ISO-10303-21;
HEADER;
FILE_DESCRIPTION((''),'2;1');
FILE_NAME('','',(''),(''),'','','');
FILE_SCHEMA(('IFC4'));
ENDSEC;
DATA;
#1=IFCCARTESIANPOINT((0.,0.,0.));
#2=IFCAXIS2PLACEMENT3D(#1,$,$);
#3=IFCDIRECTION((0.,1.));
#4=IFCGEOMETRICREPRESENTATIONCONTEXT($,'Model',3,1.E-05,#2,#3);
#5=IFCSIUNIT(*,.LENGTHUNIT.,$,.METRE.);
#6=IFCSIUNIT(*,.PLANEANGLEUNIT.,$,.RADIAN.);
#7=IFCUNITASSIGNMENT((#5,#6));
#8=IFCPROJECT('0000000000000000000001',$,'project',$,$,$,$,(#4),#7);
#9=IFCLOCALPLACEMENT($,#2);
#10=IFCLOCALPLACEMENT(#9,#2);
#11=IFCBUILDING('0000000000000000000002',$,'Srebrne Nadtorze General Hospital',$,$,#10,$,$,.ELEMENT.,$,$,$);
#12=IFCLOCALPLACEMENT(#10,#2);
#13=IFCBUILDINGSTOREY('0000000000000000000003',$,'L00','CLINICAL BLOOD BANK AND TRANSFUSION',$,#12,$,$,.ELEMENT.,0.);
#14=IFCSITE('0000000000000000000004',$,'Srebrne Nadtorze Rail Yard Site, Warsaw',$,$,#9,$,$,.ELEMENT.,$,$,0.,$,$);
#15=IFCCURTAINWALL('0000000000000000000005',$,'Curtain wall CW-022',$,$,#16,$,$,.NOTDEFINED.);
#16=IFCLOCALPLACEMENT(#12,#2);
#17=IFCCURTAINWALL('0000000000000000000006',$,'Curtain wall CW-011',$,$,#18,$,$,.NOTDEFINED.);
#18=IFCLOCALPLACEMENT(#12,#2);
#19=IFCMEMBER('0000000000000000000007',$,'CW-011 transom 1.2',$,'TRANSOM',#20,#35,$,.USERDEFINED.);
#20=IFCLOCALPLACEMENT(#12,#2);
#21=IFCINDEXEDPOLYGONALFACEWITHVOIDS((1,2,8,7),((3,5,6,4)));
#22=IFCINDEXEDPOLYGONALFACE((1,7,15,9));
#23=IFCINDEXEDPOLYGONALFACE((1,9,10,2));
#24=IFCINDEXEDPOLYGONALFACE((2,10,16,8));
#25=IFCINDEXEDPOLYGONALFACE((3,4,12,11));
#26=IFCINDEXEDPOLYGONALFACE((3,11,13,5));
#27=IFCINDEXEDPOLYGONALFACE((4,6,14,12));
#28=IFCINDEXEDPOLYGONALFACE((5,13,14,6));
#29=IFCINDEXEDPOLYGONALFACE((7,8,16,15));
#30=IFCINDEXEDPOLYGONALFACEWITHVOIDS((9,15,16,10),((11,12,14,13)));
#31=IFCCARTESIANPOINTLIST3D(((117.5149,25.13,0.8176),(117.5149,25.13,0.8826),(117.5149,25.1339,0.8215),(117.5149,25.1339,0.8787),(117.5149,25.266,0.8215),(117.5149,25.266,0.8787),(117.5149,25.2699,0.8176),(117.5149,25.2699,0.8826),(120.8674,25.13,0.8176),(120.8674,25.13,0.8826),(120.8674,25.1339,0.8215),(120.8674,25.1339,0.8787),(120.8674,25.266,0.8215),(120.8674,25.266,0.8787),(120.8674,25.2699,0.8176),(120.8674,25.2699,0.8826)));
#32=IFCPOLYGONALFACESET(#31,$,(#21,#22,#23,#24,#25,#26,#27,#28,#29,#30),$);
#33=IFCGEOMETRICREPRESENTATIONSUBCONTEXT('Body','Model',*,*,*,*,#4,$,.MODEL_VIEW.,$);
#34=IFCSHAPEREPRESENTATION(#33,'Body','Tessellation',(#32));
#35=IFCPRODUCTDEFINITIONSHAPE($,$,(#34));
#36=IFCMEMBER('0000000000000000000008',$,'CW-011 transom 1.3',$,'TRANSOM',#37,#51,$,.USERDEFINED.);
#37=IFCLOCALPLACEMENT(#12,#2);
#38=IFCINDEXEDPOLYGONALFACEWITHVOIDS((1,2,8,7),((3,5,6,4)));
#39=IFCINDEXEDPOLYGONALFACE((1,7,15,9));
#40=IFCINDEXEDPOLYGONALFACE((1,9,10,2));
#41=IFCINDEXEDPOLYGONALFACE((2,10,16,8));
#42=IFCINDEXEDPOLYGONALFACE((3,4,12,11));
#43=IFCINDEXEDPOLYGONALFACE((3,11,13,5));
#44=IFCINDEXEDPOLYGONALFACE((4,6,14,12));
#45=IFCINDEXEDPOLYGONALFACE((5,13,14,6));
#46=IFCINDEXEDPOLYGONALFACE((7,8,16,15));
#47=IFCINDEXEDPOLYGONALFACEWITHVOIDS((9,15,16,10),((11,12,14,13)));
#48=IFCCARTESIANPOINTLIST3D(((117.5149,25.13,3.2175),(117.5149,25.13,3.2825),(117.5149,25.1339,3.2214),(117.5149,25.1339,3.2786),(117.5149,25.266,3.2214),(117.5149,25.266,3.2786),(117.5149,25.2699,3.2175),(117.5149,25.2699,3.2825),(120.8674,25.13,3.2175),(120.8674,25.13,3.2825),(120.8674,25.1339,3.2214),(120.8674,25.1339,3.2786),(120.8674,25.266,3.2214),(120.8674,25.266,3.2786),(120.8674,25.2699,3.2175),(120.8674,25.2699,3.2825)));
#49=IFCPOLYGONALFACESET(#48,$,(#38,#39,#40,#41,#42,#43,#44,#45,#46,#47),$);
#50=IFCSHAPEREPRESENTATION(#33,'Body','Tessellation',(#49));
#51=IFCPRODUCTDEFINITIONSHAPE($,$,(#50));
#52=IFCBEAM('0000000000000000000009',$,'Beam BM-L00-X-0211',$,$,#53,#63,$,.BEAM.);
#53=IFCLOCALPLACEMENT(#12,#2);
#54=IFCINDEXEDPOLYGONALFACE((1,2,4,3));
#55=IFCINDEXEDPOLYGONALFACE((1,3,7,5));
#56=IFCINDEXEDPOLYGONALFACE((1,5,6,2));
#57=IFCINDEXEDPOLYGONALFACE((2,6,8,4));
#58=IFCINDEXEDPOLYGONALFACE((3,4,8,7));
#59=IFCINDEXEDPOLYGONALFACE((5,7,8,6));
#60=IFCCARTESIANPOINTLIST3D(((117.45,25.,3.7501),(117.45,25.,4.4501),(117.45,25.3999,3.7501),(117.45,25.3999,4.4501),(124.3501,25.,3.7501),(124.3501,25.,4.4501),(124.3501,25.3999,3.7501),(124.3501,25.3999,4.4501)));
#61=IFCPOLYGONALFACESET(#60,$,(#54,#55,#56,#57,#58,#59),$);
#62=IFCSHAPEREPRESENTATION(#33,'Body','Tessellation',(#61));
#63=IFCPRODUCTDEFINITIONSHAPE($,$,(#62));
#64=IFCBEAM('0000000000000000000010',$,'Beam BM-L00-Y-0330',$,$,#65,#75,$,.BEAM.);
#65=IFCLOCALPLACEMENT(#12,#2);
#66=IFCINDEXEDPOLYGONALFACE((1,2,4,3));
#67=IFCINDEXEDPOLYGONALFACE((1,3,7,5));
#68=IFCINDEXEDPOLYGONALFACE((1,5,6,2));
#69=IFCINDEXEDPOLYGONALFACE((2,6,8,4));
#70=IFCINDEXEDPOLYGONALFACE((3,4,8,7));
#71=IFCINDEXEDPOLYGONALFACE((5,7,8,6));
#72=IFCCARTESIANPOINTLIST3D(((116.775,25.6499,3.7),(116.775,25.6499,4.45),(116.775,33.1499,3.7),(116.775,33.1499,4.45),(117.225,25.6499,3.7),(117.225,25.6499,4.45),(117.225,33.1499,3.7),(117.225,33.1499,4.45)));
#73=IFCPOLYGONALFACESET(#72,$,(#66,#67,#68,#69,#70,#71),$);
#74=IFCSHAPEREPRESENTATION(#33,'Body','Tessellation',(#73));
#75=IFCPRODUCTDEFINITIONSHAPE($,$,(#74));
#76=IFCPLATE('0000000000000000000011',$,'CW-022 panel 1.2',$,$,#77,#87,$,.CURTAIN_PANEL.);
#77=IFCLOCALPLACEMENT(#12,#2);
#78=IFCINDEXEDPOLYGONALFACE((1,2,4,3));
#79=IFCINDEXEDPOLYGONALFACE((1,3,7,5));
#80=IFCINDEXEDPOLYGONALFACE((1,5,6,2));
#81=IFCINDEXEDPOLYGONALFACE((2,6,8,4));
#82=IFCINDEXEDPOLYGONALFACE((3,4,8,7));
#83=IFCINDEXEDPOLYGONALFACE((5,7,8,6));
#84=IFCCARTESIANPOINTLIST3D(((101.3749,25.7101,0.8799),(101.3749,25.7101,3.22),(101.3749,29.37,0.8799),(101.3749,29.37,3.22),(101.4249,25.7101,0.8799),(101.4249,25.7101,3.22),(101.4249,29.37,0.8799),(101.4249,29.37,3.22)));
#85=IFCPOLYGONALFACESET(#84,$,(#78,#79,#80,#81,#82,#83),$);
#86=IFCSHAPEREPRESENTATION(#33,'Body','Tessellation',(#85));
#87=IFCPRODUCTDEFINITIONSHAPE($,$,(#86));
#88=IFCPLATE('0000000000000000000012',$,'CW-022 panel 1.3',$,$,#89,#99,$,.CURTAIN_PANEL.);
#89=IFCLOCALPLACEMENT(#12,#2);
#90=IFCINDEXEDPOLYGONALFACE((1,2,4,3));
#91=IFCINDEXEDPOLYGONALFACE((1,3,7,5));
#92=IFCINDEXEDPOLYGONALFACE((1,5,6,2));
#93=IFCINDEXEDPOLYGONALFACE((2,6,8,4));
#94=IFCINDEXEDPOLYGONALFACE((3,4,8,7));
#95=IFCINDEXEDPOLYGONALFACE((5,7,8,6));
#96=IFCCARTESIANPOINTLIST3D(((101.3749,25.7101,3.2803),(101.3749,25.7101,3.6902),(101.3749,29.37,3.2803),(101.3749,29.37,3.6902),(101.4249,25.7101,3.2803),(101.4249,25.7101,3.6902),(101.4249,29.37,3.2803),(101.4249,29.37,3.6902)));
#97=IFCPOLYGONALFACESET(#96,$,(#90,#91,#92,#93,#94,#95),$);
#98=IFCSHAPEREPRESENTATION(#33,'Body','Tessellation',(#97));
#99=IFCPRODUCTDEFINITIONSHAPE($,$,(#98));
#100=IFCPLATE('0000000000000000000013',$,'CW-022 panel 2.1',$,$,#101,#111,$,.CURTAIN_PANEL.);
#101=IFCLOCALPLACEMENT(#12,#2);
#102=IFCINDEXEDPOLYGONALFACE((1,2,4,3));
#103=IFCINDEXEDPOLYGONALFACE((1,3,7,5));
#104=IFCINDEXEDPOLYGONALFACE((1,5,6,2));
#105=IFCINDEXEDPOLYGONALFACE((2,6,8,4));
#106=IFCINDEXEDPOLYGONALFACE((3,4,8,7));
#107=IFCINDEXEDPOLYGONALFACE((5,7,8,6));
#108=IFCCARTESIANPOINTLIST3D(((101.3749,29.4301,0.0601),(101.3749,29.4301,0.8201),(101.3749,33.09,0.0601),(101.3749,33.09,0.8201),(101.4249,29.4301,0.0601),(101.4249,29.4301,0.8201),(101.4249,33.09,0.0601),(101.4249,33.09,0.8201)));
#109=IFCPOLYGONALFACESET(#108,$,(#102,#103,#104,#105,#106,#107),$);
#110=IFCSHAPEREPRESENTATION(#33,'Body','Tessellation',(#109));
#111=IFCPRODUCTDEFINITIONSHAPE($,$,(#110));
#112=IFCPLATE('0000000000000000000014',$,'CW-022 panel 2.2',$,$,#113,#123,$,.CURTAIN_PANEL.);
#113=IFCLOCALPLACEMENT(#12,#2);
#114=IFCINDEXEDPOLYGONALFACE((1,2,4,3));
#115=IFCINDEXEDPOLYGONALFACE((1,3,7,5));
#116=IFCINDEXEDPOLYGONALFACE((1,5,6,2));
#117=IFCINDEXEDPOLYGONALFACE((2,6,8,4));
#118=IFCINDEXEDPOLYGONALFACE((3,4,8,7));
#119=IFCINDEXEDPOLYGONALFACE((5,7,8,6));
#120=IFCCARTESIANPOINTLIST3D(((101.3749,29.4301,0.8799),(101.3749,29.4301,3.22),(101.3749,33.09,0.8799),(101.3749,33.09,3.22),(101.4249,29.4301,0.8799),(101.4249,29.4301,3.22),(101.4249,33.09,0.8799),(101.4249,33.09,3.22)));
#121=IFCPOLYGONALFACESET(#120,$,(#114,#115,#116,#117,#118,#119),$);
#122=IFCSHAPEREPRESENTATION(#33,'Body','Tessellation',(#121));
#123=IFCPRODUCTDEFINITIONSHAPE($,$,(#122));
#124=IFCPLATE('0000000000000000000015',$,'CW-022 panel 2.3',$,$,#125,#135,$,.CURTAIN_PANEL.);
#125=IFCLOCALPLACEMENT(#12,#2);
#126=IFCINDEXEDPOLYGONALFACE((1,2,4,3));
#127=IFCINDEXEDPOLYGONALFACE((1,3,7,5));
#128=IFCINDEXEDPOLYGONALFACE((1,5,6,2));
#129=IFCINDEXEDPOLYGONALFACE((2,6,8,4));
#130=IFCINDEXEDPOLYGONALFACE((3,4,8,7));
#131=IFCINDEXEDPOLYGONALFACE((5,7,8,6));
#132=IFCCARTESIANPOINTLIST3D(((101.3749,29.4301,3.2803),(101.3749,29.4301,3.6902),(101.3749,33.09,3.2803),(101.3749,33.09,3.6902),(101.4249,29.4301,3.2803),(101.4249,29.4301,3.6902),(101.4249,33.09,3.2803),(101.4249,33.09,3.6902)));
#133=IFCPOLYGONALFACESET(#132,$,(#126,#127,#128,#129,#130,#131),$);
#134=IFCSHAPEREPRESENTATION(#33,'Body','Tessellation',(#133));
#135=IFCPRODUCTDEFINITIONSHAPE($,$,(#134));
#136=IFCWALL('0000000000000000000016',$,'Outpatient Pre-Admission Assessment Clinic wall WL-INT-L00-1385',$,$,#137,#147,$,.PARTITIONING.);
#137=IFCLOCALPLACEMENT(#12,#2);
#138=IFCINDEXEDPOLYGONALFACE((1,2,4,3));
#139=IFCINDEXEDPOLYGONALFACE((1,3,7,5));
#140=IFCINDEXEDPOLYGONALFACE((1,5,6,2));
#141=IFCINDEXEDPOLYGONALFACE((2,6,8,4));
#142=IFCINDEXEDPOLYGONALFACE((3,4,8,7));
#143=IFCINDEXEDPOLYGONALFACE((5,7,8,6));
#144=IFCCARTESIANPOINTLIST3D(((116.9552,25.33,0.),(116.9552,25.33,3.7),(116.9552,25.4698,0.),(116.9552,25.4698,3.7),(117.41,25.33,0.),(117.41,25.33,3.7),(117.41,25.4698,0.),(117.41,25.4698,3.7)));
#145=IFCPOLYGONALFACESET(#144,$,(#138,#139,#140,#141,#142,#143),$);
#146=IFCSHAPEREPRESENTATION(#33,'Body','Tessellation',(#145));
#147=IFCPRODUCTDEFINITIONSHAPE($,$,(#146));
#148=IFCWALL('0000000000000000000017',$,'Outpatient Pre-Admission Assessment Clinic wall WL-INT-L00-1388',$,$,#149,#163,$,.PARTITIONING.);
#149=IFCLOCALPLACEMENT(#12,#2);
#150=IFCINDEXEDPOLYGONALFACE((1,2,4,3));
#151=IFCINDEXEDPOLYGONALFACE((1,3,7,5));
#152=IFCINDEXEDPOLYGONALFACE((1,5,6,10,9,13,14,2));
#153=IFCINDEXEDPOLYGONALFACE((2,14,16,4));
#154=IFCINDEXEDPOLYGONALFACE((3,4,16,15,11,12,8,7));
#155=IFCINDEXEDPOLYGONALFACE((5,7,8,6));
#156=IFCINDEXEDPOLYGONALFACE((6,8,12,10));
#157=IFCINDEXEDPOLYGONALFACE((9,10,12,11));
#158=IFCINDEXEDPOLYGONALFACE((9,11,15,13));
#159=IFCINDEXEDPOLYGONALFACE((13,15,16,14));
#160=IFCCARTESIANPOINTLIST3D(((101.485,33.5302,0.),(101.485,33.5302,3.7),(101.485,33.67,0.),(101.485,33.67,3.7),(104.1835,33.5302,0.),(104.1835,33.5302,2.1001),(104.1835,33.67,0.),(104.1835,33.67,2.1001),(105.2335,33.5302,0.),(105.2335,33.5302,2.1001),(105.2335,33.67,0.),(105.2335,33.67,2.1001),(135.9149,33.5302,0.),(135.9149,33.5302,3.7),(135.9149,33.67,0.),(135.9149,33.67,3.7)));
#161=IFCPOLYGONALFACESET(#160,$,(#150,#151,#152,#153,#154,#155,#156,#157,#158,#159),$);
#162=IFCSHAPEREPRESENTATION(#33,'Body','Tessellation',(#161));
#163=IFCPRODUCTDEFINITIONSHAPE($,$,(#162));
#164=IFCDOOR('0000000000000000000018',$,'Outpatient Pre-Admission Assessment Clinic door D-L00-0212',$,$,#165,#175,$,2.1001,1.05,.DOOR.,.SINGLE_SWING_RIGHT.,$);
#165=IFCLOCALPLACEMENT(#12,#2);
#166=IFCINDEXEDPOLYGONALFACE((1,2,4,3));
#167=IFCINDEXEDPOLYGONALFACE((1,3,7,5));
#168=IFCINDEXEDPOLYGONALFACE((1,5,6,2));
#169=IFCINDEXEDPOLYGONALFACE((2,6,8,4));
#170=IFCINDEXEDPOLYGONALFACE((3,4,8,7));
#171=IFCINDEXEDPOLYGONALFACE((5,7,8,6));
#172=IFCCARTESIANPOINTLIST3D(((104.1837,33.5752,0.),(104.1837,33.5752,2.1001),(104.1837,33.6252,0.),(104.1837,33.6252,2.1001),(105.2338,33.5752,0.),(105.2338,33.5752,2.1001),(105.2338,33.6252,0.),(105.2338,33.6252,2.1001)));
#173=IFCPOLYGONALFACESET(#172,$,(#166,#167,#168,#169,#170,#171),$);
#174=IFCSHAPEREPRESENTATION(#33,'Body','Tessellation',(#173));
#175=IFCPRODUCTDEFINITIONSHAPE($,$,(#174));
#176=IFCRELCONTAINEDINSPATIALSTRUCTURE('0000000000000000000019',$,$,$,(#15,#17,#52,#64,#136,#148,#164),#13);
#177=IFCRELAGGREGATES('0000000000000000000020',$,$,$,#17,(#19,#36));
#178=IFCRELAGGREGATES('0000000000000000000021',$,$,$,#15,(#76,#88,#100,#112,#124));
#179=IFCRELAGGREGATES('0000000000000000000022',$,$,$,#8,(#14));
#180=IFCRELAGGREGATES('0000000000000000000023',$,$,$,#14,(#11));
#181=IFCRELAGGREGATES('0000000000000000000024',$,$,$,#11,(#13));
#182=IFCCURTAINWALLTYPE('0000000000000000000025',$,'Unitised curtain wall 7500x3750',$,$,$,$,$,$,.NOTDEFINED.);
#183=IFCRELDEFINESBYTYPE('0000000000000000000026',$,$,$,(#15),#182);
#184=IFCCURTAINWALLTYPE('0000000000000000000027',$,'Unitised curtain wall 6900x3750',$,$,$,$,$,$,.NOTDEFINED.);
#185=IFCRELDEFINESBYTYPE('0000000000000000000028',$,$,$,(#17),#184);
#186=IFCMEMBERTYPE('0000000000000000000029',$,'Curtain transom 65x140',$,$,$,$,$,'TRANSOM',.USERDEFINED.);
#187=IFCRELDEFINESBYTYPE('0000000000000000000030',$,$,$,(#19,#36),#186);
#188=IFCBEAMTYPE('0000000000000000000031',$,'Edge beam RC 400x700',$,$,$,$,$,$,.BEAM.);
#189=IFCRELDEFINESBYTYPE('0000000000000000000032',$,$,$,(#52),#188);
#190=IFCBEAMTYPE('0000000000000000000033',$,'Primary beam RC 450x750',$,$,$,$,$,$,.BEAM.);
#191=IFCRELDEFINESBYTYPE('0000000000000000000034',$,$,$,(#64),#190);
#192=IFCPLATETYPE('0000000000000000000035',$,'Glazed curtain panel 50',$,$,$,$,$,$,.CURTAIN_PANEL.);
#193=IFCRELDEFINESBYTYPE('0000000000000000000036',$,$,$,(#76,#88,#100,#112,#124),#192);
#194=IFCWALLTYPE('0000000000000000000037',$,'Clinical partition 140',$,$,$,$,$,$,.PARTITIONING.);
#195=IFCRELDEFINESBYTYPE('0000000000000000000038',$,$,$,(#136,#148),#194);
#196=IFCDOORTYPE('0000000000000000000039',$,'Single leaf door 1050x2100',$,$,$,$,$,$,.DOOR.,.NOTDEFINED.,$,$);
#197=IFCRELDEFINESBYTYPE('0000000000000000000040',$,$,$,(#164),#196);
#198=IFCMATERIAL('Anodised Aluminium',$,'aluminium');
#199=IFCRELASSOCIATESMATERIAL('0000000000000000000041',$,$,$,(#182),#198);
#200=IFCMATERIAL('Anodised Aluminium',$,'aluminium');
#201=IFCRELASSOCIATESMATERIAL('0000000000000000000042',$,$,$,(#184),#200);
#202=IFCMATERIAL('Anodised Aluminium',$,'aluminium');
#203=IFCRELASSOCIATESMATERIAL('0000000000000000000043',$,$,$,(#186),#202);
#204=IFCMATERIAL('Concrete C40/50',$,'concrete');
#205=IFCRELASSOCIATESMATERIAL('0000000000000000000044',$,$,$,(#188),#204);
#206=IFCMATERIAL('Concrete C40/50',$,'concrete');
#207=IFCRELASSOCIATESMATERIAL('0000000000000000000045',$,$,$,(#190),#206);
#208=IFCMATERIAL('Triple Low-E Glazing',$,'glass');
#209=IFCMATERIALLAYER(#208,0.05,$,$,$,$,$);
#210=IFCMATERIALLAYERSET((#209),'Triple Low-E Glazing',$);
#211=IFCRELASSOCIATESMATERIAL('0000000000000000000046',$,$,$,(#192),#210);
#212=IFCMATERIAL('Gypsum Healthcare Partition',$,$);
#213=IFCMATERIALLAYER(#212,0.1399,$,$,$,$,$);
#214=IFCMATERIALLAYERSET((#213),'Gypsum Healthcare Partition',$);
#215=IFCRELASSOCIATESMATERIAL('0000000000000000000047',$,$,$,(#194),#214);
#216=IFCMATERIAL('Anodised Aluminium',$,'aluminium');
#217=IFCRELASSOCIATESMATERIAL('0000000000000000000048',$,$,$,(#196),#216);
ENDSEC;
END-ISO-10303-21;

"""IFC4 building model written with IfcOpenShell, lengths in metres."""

from ifc_helpers import new_model, si_unit, direction, frame, frame_2d, origin, origin_2d, place, context, subcontext, project, spatial, rectangle, hollow_rectangle, extrude, material, layer, layer_set, material_profile, profile_set, type_object, element, fill, aggregate, save


model = new_model("IFC4")

# Units and contexts
model_context = context("Model", 3, precision=1e-05, world=origin(), true_north=direction((0.0, 1.0)))
body_context = subcontext(model_context, "Body", "Model", "MODEL_VIEW")
ifc_project = project(units=[si_unit("LENGTHUNIT", "METRE"), si_unit("PLANEANGLEUNIT", "RADIAN")], contexts=[model_context])

# Site, building, storey
site_placement = place(None, origin())
site = spatial("IfcSite", under=ifc_project, at=site_placement, Name="Srebrne Nadtorze Rail Yard Site, Warsaw", CompositionType="ELEMENT", RefElevation=0.0)
building_placement = place(site_placement, origin())
building = spatial("IfcBuilding", under=site, at=building_placement, Name="Srebrne Nadtorze General Hospital", CompositionType="ELEMENT")
storey_placement = place(building_placement, origin())
storey = spatial("IfcBuildingStorey", under=building, at=storey_placement, Name="L00", Description="CLINICAL BLOOD BANK AND TRANSFUSION", CompositionType="ELEMENT", Elevation=0.0)

# Curtain wall
ifc_material_1 = material(Name="Anodised Aluminium", Category="aluminium")
curtain_wall_type_1 = type_object("IfcCurtainWallType", Name="Unitised curtain wall 7500x3750", PredefinedType="NOTDEFINED", material=ifc_material_1)
curtain_wall_1_placement = place(storey_placement, origin())
curtain_wall_1 = element("IfcCurtainWall", 1, at=curtain_wall_1_placement, inside=storey, type_object=curtain_wall_type_1, Name="Curtain wall CW-022", PredefinedType="NOTDEFINED")

# Curtain wall
ifc_material_2 = material(Name="Anodised Aluminium", Category="aluminium")
curtain_wall_type_2 = type_object("IfcCurtainWallType", Name="Unitised curtain wall 6900x3750", PredefinedType="NOTDEFINED", material=ifc_material_2)
curtain_wall_2_placement = place(storey_placement, origin())
curtain_wall_2 = element("IfcCurtainWall", 2, at=curtain_wall_2_placement, inside=storey, type_object=curtain_wall_type_2, Name="Curtain wall CW-011", PredefinedType="NOTDEFINED")

# Members
ifc_material_3 = material(Name="Anodised Aluminium", Category="aluminium")
ifc_material_profile_1 = material_profile(ifc_material_3, hollow_rectangle(XDim=0.0649, YDim=0.1399, WallThickness=0.0039, at=origin_2d()), Name="AL-TRN-65x140")
ifc_profile_set_1 = profile_set([ifc_material_profile_1], Name="Anodised Aluminium")
member_type_1 = type_object("IfcMemberType", Name="Curtain transom 65x140", ElementType="TRANSOM", PredefinedType="USERDEFINED", material=ifc_profile_set_1)
member_1_placement = place(storey_placement, frame((117.5149, 25.2, 0.8501), z_axis=(1.0, 0.0, 0.0), x_axis=(0.0, 0.0, 1.0)))
member_1 = element("IfcMember", 3, at=member_1_placement, type_object=member_type_1, Name="CW-011 transom 1.2", ObjectType="TRANSOM", PredefinedType="USERDEFINED", context=body_context, shape_type="SweptSolid", body=[
    extrude(hollow_rectangle(XDim=0.0649, YDim=0.1399, WallThickness=0.0039, at=origin_2d()), origin(), (0.0, 0.0, 1.0), 3.3525),
])
member_2_placement = place(storey_placement, frame((117.5149, 25.2, 3.25), z_axis=(1.0, 0.0, 0.0), x_axis=(0.0, 0.0, 1.0)))
member_2 = element("IfcMember", 4, at=member_2_placement, type_object=member_type_1, Name="CW-011 transom 1.3", ObjectType="TRANSOM", PredefinedType="USERDEFINED", context=body_context, shape_type="SweptSolid", body=[
    extrude(hollow_rectangle(XDim=0.0649, YDim=0.1399, WallThickness=0.0039, at=origin_2d()), origin(), (0.0, 0.0, 1.0), 3.3525),
])
aggregate(curtain_wall_2, [member_1, member_2])

# Beams
ifc_material_4 = material(Name="Concrete C40/50", Category="concrete")
ifc_material_profile_2 = material_profile(ifc_material_4, rectangle(XDim=0.3999, YDim=0.7, at=origin_2d()), Name="RC-BM-400x700")
ifc_profile_set_2 = profile_set([ifc_material_profile_2], Name="Concrete C40/50")
beam_type_1 = type_object("IfcBeamType", Name="Edge beam RC 400x700", PredefinedType="BEAM", material=ifc_profile_set_2)
beam_1_placement = place(storey_placement, frame((117.45, 25.2, 4.1001), z_axis=(1.0, 0.0, 0.0), x_axis=(0.0, 1.0, 0.0)))
element("IfcBeam", 5, at=beam_1_placement, inside=storey, type_object=beam_type_1, Name="Beam BM-L00-X-0211", PredefinedType="BEAM", context=body_context, shape_type="SweptSolid", body=[
    extrude(rectangle(XDim=0.3999, YDim=0.7, at=origin_2d()), origin(), (0.0, 0.0, 1.0), 6.9001),
])
ifc_material_5 = material(Name="Concrete C40/50", Category="concrete")
ifc_material_profile_3 = material_profile(ifc_material_5, rectangle(XDim=0.45, YDim=0.75, at=origin_2d()), Name="RC-BM-450x750")
ifc_profile_set_3 = profile_set([ifc_material_profile_3], Name="Concrete C40/50")
beam_type_2 = type_object("IfcBeamType", Name="Primary beam RC 450x750", PredefinedType="BEAM", material=ifc_profile_set_3)
beam_2_placement = place(storey_placement, frame((117.0, 25.6499, 4.075), z_axis=(0.0, 1.0, 0.0), x_axis=(-1.0, 0.0, 0.0)))
element("IfcBeam", 6, at=beam_2_placement, inside=storey, type_object=beam_type_2, Name="Beam BM-L00-Y-0330", PredefinedType="BEAM", context=body_context, shape_type="SweptSolid", body=[
    extrude(rectangle(XDim=0.45, YDim=0.75, at=origin_2d()), origin(), (0.0, 0.0, 1.0), 7.5),
])

# Plates
ifc_material_6 = material(Name="Triple Low-E Glazing", Category="glass")
ifc_layer_1 = layer(ifc_material_6, 0.05)
ifc_layer_set_1 = layer_set([ifc_layer_1], Name="Triple Low-E Glazing")
plate_type = type_object("IfcPlateType", Name="Glazed curtain panel 50", PredefinedType="CURTAIN_PANEL", material=ifc_layer_set_1)
plate_1_placement = place(storey_placement, frame((101.3999, 27.54, 0.8799), z_axis=(0.0, 0.0, 1.0), x_axis=(0.0, 1.0, 0.0)))
plate_1 = element("IfcPlate", 7, at=plate_1_placement, type_object=plate_type, Name="CW-022 panel 1.2", PredefinedType="CURTAIN_PANEL", context=body_context, shape_type="SweptSolid", body=[
    extrude(rectangle(XDim=3.6599, YDim=0.05, at=origin_2d()), origin(), (0.0, 0.0, 1.0), 2.3401),
])
plate_2_placement = place(storey_placement, frame((101.3999, 27.54, 3.2803), z_axis=(0.0, 0.0, 1.0), x_axis=(0.0, 1.0, 0.0)))
plate_2 = element("IfcPlate", 8, at=plate_2_placement, type_object=plate_type, Name="CW-022 panel 1.3", PredefinedType="CURTAIN_PANEL", context=body_context, shape_type="SweptSolid", body=[
    extrude(rectangle(XDim=3.6599, YDim=0.05, at=origin_2d()), origin(), (0.0, 0.0, 1.0), 0.4099),
])
plate_3_placement = place(storey_placement, frame((101.3999, 31.26, 0.0601), z_axis=(0.0, 0.0, 1.0), x_axis=(0.0, 1.0, 0.0)))
plate_3 = element("IfcPlate", 9, at=plate_3_placement, type_object=plate_type, Name="CW-022 panel 2.1", PredefinedType="CURTAIN_PANEL", context=body_context, shape_type="SweptSolid", body=[
    extrude(rectangle(XDim=3.6599, YDim=0.05, at=origin_2d()), origin(), (0.0, 0.0, 1.0), 0.76),
])
plate_4_placement = place(storey_placement, frame((101.3999, 31.26, 0.8799), z_axis=(0.0, 0.0, 1.0), x_axis=(0.0, 1.0, 0.0)))
plate_4 = element("IfcPlate", 10, at=plate_4_placement, type_object=plate_type, Name="CW-022 panel 2.2", PredefinedType="CURTAIN_PANEL", context=body_context, shape_type="SweptSolid", body=[
    extrude(rectangle(XDim=3.6599, YDim=0.05, at=origin_2d()), origin(), (0.0, 0.0, 1.0), 2.3401),
])
plate_5_placement = place(storey_placement, frame((101.3999, 31.26, 3.2803), z_axis=(0.0, 0.0, 1.0), x_axis=(0.0, 1.0, 0.0)))
plate_5 = element("IfcPlate", 11, at=plate_5_placement, type_object=plate_type, Name="CW-022 panel 2.3", PredefinedType="CURTAIN_PANEL", context=body_context, shape_type="SweptSolid", body=[
    extrude(rectangle(XDim=3.6599, YDim=0.05, at=origin_2d()), origin(), (0.0, 0.0, 1.0), 0.4099),
])
aggregate(curtain_wall_1, [plate_1, plate_2, plate_3, plate_4, plate_5])

# Wall
ifc_material_7 = material(Name="Gypsum Healthcare Partition")
ifc_layer_2 = layer(ifc_material_7, 0.1399)
ifc_layer_set_2 = layer_set([ifc_layer_2], Name="Gypsum Healthcare Partition")
wall_type = type_object("IfcWallType", Name="Clinical partition 140", PredefinedType="PARTITIONING", material=ifc_layer_set_2)
wall_1_placement = place(storey_placement, frame((116.9551, 25.3999, 0.0), z_axis=(0.0, 0.0, 1.0), x_axis=(1.0, 0.0, 0.0)))
element("IfcWall", 12, at=wall_1_placement, inside=storey, type_object=wall_type, Name="Outpatient Pre-Admission Assessment Clinic wall WL-INT-L00-1385", PredefinedType="PARTITIONING", context=body_context, shape_type="SweptSolid", body=[
    extrude(rectangle(XDim=0.4548, YDim=0.1399, at=frame_2d((0.2275, 0.0))), origin(), (0.0, 0.0, 1.0), 3.7),
])

# Wall, opening, door
wall_2_placement = place(storey_placement, frame((101.4851, 33.6001, 0.0), z_axis=(0.0, 0.0, 1.0), x_axis=(1.0, 0.0, 0.0)))
wall_2 = element("IfcWall", 13, at=wall_2_placement, inside=storey, type_object=wall_type, Name="Outpatient Pre-Admission Assessment Clinic wall WL-INT-L00-1388", PredefinedType="PARTITIONING", context=body_context, shape_type="SweptSolid", body=[
    extrude(rectangle(XDim=34.4299, YDim=0.1399, at=frame_2d((17.2148, 0.0))), origin(), (0.0, 0.0, 1.0), 3.7),
])
opening_placement = place(wall_2_placement, frame((2.6985, 0.0, 0.0)))
opening = element("IfcOpeningElement", 14, at=opening_placement, cuts=wall_2, PredefinedType="OPENING", context=body_context, shape_type="SweptSolid", body=[
    extrude(rectangle(XDim=1.05, YDim=2.1001, at=frame_2d((0.5249, 1.05))), frame((0.0, 0.082, 0.0), z_axis=(0.0, -1.0, 0.0), x_axis=(1.0, 0.0, 0.0)), (0.0, 0.0, 1.0), 0.1638),
])
ifc_material_8 = material(Name="Anodised Aluminium", Category="aluminium")
door_type = type_object("IfcDoorType", Name="Single leaf door 1050x2100", OperationType="NOTDEFINED", PredefinedType="DOOR", material=ifc_material_8)
door_placement = place(opening_placement, frame((1.05, 0.0, 0.0), z_axis=(0.0, 0.0, 1.0), x_axis=(-1.0, 0.0, 0.0)))
door = element("IfcDoor", 15, at=door_placement, inside=storey, type_object=door_type, Name="Outpatient Pre-Admission Assessment Clinic door D-L00-0212", OperationType="SINGLE_SWING_RIGHT", OverallHeight=2.1001, OverallWidth=1.05, PredefinedType="DOOR", context=body_context, shape_type="SweptSolid", body=[
    extrude(rectangle(XDim=1.05, YDim=2.1001, at=frame_2d((0.5249, 1.05))), frame((0.0, 0.0249, 0.0), z_axis=(0.0, -1.0, 0.0), x_axis=(1.0, 0.0, 0.0)), (0.0, 0.0, 1.0), 0.05),
])
fill(opening, door)

save(model, "model.ifc")
